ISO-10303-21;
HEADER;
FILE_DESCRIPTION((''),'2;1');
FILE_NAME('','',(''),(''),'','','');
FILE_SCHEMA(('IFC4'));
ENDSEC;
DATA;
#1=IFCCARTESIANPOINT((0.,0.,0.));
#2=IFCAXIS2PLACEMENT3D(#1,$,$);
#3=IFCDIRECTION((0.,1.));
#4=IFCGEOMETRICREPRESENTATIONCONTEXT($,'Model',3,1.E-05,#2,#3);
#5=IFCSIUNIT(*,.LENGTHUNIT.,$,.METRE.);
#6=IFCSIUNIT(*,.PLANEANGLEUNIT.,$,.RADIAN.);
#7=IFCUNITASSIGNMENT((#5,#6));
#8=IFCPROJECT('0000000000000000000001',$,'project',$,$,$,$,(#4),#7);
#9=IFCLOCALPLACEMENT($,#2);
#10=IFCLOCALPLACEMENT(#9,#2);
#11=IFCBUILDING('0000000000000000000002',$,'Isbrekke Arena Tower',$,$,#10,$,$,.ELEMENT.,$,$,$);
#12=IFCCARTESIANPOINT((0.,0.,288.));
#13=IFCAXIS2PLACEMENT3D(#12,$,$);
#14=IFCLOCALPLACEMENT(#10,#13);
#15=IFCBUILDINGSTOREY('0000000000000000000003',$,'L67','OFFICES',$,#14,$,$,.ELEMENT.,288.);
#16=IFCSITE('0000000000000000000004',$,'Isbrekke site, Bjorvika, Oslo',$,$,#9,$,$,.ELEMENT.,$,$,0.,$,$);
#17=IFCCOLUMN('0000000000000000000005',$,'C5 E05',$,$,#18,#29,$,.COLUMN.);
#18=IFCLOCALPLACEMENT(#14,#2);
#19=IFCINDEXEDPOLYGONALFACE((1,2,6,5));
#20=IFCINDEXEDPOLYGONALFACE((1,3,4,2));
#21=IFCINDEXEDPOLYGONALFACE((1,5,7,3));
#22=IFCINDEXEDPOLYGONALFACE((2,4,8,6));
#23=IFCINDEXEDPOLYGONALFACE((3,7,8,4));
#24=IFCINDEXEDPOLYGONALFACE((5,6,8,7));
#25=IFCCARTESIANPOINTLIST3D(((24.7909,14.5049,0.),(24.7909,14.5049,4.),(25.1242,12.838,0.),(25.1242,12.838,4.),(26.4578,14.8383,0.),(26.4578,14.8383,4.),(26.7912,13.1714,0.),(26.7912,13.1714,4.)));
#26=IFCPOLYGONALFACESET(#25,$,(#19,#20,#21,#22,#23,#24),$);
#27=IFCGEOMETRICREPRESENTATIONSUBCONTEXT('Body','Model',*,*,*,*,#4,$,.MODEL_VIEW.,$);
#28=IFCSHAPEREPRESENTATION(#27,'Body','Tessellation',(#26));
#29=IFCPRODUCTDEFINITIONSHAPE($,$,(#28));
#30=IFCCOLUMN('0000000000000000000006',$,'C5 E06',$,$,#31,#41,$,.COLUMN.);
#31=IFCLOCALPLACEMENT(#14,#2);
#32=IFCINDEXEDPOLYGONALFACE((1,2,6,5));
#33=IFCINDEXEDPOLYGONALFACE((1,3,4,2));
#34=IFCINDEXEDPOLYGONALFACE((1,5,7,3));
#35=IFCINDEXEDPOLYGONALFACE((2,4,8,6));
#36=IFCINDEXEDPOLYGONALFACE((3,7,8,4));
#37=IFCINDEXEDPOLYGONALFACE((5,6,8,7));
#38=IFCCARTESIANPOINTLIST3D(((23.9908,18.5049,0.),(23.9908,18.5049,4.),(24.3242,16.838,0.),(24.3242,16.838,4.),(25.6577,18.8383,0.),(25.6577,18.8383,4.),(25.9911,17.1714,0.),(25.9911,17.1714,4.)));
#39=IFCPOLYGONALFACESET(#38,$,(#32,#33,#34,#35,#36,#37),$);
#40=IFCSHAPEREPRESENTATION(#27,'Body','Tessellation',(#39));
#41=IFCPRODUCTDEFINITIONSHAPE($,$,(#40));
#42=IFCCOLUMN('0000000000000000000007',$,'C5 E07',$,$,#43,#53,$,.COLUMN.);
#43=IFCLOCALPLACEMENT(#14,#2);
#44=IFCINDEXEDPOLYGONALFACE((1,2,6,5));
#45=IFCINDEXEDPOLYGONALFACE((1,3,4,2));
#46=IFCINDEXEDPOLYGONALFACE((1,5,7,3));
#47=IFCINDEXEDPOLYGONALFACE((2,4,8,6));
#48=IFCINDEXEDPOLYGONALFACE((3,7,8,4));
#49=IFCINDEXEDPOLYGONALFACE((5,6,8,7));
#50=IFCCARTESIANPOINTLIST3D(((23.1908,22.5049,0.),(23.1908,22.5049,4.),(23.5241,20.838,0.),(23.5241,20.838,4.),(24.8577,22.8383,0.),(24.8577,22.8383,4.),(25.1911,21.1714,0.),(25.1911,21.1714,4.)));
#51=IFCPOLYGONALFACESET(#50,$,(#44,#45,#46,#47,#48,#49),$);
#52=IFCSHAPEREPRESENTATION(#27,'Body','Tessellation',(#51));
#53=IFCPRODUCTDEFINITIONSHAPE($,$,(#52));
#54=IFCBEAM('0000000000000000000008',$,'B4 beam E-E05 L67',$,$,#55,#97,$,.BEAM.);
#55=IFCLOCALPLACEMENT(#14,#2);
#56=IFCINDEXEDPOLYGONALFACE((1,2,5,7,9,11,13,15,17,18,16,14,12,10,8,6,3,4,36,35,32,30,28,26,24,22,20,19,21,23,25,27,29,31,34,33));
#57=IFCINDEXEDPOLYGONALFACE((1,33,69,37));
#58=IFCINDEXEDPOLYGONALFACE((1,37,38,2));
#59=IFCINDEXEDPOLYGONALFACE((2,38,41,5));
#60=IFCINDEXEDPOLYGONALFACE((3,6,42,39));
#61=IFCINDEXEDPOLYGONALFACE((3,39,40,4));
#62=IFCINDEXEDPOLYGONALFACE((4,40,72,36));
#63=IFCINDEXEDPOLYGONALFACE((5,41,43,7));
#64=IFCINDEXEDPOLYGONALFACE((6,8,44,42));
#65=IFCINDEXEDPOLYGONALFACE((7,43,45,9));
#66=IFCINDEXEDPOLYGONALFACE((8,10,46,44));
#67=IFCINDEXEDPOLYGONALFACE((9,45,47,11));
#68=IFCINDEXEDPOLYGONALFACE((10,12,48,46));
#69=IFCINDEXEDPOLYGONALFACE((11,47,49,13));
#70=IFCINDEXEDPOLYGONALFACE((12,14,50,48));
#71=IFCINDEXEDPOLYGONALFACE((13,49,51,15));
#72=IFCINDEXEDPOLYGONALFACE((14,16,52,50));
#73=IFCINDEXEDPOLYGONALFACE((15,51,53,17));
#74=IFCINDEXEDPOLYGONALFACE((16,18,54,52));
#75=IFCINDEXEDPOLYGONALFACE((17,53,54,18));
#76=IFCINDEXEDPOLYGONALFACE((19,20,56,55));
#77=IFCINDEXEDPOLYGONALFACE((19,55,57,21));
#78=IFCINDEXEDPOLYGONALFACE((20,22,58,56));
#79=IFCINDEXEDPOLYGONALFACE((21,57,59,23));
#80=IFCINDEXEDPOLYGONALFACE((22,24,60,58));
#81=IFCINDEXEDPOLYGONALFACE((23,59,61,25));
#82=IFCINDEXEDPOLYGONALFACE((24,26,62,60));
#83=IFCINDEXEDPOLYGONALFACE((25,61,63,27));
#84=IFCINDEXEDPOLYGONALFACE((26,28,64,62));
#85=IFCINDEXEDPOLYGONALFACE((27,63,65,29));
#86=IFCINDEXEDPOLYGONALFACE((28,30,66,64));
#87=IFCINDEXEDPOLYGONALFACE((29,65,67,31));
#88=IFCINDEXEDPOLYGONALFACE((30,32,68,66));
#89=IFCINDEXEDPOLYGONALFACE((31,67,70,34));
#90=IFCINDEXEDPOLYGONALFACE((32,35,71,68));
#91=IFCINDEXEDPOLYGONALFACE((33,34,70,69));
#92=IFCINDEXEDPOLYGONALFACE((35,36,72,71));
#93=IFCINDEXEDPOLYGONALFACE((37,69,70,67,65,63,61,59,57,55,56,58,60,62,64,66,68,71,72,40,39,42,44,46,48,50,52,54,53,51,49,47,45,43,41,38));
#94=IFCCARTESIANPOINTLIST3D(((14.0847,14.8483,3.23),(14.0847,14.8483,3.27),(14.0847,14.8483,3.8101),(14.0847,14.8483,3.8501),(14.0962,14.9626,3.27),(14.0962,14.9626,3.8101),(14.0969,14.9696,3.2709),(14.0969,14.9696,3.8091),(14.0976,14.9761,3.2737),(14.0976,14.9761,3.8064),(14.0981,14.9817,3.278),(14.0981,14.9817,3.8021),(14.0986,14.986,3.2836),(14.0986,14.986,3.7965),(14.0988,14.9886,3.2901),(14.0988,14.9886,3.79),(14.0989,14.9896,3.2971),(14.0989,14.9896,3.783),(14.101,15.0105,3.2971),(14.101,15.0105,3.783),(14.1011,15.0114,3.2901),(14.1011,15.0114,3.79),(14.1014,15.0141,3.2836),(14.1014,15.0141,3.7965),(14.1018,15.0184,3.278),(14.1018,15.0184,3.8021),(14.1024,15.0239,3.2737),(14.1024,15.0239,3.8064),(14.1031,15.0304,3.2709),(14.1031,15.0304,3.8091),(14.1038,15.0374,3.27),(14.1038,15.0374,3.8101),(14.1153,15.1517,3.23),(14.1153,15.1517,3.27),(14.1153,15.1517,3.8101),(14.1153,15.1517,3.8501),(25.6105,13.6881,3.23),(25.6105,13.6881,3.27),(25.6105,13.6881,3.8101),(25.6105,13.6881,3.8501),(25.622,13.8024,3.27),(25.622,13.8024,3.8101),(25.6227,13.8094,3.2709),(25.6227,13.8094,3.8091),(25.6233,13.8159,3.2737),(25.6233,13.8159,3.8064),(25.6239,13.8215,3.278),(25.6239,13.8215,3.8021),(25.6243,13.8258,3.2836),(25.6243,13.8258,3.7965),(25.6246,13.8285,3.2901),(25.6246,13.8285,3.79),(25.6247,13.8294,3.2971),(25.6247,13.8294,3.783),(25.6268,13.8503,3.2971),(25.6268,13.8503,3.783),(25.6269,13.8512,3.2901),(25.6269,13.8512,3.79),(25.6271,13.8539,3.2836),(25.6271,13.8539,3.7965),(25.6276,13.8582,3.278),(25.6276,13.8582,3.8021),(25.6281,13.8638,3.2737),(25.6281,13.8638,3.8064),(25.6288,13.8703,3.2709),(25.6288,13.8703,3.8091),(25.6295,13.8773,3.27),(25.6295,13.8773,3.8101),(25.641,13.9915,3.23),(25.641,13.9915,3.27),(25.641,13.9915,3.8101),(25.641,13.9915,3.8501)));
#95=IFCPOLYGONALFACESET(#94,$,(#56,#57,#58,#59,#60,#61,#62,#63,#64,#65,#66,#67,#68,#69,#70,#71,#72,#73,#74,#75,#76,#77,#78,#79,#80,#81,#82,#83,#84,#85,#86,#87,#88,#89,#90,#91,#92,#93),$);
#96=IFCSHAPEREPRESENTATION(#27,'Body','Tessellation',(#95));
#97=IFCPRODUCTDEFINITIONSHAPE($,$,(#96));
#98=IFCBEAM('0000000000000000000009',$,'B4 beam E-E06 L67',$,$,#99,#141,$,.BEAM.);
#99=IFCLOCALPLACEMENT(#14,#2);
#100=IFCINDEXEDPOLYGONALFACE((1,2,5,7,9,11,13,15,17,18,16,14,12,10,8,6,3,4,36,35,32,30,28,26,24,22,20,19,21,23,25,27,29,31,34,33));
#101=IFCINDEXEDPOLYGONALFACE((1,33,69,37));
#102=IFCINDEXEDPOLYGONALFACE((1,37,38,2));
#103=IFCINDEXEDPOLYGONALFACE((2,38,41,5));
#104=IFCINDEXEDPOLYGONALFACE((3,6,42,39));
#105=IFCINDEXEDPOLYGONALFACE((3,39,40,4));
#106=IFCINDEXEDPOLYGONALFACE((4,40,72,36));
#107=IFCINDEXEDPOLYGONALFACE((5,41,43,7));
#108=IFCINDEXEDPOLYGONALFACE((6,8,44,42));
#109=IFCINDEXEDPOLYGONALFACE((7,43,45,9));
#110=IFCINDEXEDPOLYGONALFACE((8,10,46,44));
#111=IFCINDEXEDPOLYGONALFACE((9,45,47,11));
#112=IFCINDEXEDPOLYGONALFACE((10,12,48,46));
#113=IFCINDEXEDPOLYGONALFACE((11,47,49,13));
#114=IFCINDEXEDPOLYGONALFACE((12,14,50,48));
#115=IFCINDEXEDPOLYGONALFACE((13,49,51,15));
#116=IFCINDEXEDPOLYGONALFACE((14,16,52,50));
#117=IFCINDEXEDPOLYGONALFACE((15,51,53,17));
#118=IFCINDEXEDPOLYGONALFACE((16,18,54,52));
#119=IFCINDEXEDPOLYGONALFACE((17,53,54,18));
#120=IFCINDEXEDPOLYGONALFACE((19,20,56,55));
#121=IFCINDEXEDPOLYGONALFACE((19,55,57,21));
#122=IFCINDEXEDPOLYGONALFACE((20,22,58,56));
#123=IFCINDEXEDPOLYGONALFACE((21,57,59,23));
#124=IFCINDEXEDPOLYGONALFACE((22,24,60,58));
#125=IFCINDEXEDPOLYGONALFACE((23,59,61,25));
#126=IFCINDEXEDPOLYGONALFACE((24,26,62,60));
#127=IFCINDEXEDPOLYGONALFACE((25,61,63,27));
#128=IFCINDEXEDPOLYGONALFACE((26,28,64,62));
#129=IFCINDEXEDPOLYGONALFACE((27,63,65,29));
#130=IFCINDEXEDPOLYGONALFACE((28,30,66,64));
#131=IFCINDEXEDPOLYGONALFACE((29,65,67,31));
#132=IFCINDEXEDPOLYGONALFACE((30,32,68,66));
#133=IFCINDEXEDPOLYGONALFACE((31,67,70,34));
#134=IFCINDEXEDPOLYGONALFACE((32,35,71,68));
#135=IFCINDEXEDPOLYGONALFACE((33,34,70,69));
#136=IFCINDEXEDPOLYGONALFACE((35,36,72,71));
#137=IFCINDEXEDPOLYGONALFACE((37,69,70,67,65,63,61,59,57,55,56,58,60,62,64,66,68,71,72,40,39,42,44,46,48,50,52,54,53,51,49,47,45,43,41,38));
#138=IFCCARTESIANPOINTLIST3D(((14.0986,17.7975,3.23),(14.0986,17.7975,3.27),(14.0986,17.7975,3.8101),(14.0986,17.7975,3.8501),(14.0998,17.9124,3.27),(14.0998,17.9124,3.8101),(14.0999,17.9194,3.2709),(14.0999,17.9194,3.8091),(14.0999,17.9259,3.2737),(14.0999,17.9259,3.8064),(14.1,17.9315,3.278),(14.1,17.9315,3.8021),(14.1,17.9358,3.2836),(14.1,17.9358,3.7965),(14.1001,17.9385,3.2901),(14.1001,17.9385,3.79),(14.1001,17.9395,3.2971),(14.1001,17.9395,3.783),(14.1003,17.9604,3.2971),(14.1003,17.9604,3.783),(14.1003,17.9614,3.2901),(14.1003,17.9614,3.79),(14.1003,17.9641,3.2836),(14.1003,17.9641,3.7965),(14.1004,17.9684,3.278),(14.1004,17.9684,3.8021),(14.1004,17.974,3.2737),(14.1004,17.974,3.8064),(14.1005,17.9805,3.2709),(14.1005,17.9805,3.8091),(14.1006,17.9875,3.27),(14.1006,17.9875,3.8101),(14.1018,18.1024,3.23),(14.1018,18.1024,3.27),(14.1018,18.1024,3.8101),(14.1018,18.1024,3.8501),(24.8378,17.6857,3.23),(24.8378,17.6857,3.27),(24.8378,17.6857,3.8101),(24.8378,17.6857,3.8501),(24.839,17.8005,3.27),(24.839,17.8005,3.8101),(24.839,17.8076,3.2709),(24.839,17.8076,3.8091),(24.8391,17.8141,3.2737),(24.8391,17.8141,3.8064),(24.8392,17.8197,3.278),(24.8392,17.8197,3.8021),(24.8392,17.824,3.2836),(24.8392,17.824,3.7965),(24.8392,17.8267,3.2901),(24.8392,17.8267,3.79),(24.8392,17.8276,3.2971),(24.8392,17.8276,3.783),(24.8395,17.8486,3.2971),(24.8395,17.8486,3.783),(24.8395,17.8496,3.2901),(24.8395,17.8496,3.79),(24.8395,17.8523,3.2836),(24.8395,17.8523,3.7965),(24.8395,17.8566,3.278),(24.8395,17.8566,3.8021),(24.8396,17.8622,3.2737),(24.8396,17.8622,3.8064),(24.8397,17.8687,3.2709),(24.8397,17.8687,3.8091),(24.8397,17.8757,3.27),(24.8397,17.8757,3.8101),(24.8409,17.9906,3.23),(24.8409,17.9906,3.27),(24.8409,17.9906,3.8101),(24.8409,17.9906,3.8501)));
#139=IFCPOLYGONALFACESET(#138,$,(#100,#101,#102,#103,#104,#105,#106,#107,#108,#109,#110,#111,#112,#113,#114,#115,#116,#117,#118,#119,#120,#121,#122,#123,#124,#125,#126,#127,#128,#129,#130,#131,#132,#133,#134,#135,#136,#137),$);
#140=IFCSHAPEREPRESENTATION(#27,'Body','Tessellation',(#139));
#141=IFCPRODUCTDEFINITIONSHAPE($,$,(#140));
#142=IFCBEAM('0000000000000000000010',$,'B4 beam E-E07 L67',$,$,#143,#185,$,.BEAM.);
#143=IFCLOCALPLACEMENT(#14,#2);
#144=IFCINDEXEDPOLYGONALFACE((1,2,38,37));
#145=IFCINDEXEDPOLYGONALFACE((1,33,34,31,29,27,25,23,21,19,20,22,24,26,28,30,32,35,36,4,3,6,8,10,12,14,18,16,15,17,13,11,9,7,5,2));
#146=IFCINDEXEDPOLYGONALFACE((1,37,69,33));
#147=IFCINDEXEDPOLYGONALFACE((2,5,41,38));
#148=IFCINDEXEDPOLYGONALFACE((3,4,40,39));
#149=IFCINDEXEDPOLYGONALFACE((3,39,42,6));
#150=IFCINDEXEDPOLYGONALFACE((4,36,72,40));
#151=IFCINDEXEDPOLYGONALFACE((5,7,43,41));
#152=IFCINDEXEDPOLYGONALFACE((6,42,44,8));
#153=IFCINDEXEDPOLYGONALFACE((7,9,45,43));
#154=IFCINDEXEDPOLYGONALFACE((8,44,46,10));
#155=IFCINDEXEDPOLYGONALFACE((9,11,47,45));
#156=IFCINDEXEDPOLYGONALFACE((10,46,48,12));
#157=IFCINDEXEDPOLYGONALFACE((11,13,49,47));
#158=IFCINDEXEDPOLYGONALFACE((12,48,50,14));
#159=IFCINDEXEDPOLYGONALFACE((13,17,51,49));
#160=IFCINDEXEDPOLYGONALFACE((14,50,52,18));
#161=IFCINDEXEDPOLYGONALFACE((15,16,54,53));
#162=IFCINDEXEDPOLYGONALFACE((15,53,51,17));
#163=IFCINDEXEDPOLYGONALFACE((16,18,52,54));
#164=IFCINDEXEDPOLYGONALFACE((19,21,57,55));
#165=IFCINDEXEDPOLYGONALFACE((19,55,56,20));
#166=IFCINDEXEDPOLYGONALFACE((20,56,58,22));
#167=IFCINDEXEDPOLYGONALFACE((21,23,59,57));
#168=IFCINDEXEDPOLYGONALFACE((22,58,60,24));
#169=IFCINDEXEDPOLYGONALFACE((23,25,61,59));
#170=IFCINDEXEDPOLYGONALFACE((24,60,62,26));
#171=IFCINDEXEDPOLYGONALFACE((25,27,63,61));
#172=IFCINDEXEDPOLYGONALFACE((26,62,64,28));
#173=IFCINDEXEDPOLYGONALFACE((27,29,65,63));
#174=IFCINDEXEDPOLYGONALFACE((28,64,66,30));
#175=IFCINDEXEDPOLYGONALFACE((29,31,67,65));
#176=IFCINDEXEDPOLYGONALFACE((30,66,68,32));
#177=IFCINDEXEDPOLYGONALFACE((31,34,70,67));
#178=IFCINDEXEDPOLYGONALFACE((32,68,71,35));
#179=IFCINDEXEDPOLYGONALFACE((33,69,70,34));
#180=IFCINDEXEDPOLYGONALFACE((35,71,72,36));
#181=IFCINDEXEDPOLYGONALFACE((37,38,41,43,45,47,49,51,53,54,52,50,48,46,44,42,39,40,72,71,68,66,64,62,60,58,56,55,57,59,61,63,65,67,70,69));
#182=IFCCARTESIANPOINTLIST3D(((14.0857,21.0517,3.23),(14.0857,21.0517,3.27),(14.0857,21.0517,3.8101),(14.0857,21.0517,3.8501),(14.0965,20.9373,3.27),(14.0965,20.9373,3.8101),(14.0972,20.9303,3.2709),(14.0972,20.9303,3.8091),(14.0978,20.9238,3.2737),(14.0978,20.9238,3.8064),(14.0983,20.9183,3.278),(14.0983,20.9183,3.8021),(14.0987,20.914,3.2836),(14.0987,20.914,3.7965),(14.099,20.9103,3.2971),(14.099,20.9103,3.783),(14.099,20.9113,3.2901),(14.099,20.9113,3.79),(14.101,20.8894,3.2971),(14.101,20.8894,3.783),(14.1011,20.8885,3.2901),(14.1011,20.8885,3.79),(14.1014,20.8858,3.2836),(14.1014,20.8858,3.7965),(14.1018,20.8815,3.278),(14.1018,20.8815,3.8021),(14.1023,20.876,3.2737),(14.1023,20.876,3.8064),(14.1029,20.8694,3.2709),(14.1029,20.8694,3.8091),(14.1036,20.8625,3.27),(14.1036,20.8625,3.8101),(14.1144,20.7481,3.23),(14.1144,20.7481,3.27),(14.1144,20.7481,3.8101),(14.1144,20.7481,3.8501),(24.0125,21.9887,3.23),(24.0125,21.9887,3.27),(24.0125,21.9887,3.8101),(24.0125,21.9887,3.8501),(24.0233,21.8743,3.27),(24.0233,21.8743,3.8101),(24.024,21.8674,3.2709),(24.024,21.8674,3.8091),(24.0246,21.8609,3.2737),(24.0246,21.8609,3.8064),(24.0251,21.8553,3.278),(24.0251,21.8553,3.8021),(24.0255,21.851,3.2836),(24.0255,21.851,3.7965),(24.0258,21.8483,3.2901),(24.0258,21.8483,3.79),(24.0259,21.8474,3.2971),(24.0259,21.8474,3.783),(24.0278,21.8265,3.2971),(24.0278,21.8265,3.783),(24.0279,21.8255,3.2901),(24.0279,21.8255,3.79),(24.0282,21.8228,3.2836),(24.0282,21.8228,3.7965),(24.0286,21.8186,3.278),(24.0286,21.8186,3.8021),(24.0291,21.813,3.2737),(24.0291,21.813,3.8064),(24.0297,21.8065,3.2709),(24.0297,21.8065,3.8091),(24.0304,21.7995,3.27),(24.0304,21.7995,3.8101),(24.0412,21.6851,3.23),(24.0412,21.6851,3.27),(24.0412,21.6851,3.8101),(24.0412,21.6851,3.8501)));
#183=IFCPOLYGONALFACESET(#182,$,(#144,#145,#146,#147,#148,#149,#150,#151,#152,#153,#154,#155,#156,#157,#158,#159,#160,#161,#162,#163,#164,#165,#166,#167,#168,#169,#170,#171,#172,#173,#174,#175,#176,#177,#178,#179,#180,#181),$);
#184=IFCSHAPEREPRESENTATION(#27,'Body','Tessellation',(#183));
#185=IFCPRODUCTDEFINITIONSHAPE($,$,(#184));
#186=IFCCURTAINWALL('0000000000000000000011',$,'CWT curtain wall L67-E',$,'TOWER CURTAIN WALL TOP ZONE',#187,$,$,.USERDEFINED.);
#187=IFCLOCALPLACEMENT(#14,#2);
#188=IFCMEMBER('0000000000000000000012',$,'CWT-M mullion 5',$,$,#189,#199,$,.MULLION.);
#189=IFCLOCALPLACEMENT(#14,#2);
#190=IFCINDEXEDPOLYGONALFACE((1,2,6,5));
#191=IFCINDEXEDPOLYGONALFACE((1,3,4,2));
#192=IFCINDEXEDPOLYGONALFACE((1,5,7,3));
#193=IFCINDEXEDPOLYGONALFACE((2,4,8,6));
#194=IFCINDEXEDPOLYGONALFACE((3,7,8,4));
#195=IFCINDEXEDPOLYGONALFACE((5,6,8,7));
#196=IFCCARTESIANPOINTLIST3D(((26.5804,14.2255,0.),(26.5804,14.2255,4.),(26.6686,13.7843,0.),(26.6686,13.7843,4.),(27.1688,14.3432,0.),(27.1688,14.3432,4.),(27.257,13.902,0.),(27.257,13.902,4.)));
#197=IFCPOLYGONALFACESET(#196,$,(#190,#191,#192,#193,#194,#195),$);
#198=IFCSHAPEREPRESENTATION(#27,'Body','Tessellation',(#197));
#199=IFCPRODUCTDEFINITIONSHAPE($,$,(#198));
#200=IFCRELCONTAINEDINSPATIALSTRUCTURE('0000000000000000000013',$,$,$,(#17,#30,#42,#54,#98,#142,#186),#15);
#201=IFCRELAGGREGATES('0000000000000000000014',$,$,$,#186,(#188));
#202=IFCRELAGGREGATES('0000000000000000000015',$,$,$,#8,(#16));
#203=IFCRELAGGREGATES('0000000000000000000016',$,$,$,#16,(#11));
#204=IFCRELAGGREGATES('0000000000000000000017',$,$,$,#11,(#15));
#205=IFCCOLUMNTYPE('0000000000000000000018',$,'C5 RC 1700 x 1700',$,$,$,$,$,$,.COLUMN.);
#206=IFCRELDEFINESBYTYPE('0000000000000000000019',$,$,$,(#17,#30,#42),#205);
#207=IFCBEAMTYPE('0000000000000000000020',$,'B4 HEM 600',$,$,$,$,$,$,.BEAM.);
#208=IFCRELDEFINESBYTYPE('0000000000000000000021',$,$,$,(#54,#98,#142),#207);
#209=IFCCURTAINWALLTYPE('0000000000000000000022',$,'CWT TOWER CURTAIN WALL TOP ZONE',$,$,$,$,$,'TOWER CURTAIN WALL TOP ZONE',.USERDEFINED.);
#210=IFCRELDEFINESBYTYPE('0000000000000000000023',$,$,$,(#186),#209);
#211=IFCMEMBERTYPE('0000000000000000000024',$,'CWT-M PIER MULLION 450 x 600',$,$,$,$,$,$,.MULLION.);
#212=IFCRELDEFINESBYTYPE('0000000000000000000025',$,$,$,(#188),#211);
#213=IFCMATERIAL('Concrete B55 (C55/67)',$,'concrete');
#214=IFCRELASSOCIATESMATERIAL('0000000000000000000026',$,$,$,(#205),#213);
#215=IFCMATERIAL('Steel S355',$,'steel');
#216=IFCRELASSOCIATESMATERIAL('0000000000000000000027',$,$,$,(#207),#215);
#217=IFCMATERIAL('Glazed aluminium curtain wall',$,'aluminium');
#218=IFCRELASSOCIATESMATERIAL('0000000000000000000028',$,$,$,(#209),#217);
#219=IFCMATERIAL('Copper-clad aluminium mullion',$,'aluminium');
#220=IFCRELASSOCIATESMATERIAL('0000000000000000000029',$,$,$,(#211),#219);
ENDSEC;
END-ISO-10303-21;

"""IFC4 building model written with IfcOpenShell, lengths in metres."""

from ifc_helpers import new_model, si_unit, direction, frame, origin, origin_2d, place, context, subcontext, project, spatial, rectangle, i_section, extrude, material, material_profile, profile_set, type_object, element, aggregate, save


model = new_model("IFC4")

# Units and contexts
model_context = context("Model", 3, precision=1e-05, world=origin(), true_north=direction((0.0, 1.0)))
body_context = subcontext(model_context, "Body", "Model", "MODEL_VIEW")
ifc_project = project(units=[si_unit("LENGTHUNIT", "METRE"), si_unit("PLANEANGLEUNIT", "RADIAN")], contexts=[model_context])

# Site, building, storey
site_placement = place(None, origin())
site = spatial("IfcSite", under=ifc_project, at=site_placement, Name="Isbrekke site, Bjorvika, Oslo", CompositionType="ELEMENT", RefElevation=0.0)
building_placement = place(site_placement, origin())
building = spatial("IfcBuilding", under=site, at=building_placement, Name="Isbrekke Arena Tower", CompositionType="ELEMENT")
storey_placement = place(building_placement, frame((0.0, 0.0, 288.0)))
storey = spatial("IfcBuildingStorey", under=building, at=storey_placement, Name="L67", Description="OFFICES", CompositionType="ELEMENT", Elevation=288.0)

# Columns
ifc_material_1 = material(Name="Concrete B55 (C55/67)", Category="concrete")
ifc_material_profile_1 = material_profile(ifc_material_1, rectangle(XDim=1.7, YDim=1.7, at=origin_2d()), Name="RC 1700x1700")
ifc_profile_set_1 = profile_set([ifc_material_profile_1], Name="Concrete B55 (C55/67)")
column_type = type_object("IfcColumnType", Name="C5 RC 1700 x 1700", PredefinedType="COLUMN", material=ifc_profile_set_1)
for number, where, z_axis, x_axis, name in (
    (1, (25.791, 13.8381, 0.0), (0.0, 0.0, 1.0), (-0.196116, 0.980581, 0.0), "C5 E05"),
    (2, (24.991, 17.8381, 0.0), (0.0, 0.0, 1.0), (-0.196116, 0.980581, 0.0), "C5 E06"),
    (3, (24.1909, 21.8381, 0.0), (0.0, 0.0, 1.0), (-0.196116, 0.980581, 0.0), "C5 E07"),
):
    element("IfcColumn", number, at=place(storey_placement, frame(where, z_axis=z_axis, x_axis=x_axis)), inside=storey, type_object=column_type, Name=name, PredefinedType="COLUMN", context=body_context, shape_type="SweptSolid", body=[
        extrude(rectangle(XDim=1.7, YDim=1.7, at=origin_2d()), origin(), (0.0, 0.0, 1.0), 4.0),
    ])

# Beams
ifc_material_2 = material(Name="Steel S355", Category="steel")
ifc_material_profile_2 = material_profile(ifc_material_2, i_section(OverallWidth=0.3049, OverallDepth=0.6201, WebThickness=0.021, FlangeThickness=0.04, FilletRadius=0.0271, at=origin_2d()), Name="HEM 600")
ifc_profile_set_2 = profile_set([ifc_material_profile_2], Name="Steel S355")
beam_type_1 = type_object("IfcBeamType", Name="B4 HEM 600", PredefinedType="BEAM", material=ifc_profile_set_2)
beam_1_placement = place(storey_placement, frame((25.6257, 13.8398, 3.54), z_axis=(-0.994972, 0.100153, 0.0), x_axis=(-0.100153, -0.994972, 0.0)))
element("IfcBeam", 4, at=beam_1_placement, inside=storey, type_object=beam_type_1, Name="B4 beam E-E05 L67", PredefinedType="BEAM", context=body_context, shape_type="SweptSolid", body=[
    extrude(i_section(OverallWidth=0.3049, OverallDepth=0.6201, WebThickness=0.021, FlangeThickness=0.04, FilletRadius=0.0271, at=origin_2d()), origin(), (0.0, 0.0, 1.0), 11.584),
])
beam_2_placement = place(storey_placement, frame((24.8394, 17.8381, 3.54), z_axis=(-0.999946, 0.010411, 0.0), x_axis=(-0.010411, -0.999946, 0.0)))
element("IfcBeam", 5, at=beam_2_placement, inside=storey, type_object=beam_type_1, Name="B4 beam E-E06 L67", PredefinedType="BEAM", context=body_context, shape_type="SweptSolid", body=[
    extrude(i_section(OverallWidth=0.3049, OverallDepth=0.6201, WebThickness=0.021, FlangeThickness=0.04, FilletRadius=0.0271, at=origin_2d()), origin(), (0.0, 0.0, 1.0), 10.7397),
])
beam_3_placement = place(storey_placement, frame((24.0269, 21.8369, 3.54), z_axis=(-0.995575, -0.093975, 0.0), x_axis=(0.093975, -0.995575, 0.0)))
element("IfcBeam", 6, at=beam_3_placement, inside=storey, type_object=beam_type_1, Name="B4 beam E-E07 L67", PredefinedType="BEAM", context=body_context, shape_type="SweptSolid", body=[
    extrude(i_section(OverallWidth=0.3049, OverallDepth=0.6201, WebThickness=0.021, FlangeThickness=0.04, FilletRadius=0.0271, at=origin_2d()), origin(), (0.0, 0.0, 1.0), 9.9709),
])

# Curtain wall, member
ifc_material_3 = material(Name="Glazed aluminium curtain wall", Category="aluminium")
curtain_wall_type = type_object("IfcCurtainWallType", Name="CWT TOWER CURTAIN WALL TOP ZONE", ElementType="TOWER CURTAIN WALL TOP ZONE", PredefinedType="USERDEFINED", material=ifc_material_3)
curtain_wall_placement = place(storey_placement, origin())
curtain_wall = element("IfcCurtainWall", 7, at=curtain_wall_placement, inside=storey, type_object=curtain_wall_type, Name="CWT curtain wall L67-E", ObjectType="TOWER CURTAIN WALL TOP ZONE", PredefinedType="USERDEFINED")
ifc_material_4 = material(Name="Copper-clad aluminium mullion", Category="aluminium")
ifc_material_profile_3 = material_profile(ifc_material_4, rectangle(XDim=0.45, YDim=0.6001, at=origin_2d()), Name="PIER 450X600")
ifc_profile_set_3 = profile_set([ifc_material_profile_3], Name="Copper-clad aluminium mullion")
member_type_1 = type_object("IfcMemberType", Name="CWT-M PIER MULLION 450 x 600", PredefinedType="MULLION", material=ifc_profile_set_3)
member_1_placement = place(storey_placement, frame((26.9187, 14.0637, 0.0), z_axis=(0.0, 0.0, 1.0), x_axis=(-0.196116, 0.980581, 0.0)))
member_1 = element("IfcMember", 8, at=member_1_placement, type_object=member_type_1, Name="CWT-M mullion 5", PredefinedType="MULLION", context=body_context, shape_type="SweptSolid", body=[
    extrude(rectangle(XDim=0.45, YDim=0.6001, at=origin_2d()), origin(), (0.0, 0.0, 1.0), 4.0),
])

aggregate(curtain_wall, [member_1])

save(model, "model.ifc")
